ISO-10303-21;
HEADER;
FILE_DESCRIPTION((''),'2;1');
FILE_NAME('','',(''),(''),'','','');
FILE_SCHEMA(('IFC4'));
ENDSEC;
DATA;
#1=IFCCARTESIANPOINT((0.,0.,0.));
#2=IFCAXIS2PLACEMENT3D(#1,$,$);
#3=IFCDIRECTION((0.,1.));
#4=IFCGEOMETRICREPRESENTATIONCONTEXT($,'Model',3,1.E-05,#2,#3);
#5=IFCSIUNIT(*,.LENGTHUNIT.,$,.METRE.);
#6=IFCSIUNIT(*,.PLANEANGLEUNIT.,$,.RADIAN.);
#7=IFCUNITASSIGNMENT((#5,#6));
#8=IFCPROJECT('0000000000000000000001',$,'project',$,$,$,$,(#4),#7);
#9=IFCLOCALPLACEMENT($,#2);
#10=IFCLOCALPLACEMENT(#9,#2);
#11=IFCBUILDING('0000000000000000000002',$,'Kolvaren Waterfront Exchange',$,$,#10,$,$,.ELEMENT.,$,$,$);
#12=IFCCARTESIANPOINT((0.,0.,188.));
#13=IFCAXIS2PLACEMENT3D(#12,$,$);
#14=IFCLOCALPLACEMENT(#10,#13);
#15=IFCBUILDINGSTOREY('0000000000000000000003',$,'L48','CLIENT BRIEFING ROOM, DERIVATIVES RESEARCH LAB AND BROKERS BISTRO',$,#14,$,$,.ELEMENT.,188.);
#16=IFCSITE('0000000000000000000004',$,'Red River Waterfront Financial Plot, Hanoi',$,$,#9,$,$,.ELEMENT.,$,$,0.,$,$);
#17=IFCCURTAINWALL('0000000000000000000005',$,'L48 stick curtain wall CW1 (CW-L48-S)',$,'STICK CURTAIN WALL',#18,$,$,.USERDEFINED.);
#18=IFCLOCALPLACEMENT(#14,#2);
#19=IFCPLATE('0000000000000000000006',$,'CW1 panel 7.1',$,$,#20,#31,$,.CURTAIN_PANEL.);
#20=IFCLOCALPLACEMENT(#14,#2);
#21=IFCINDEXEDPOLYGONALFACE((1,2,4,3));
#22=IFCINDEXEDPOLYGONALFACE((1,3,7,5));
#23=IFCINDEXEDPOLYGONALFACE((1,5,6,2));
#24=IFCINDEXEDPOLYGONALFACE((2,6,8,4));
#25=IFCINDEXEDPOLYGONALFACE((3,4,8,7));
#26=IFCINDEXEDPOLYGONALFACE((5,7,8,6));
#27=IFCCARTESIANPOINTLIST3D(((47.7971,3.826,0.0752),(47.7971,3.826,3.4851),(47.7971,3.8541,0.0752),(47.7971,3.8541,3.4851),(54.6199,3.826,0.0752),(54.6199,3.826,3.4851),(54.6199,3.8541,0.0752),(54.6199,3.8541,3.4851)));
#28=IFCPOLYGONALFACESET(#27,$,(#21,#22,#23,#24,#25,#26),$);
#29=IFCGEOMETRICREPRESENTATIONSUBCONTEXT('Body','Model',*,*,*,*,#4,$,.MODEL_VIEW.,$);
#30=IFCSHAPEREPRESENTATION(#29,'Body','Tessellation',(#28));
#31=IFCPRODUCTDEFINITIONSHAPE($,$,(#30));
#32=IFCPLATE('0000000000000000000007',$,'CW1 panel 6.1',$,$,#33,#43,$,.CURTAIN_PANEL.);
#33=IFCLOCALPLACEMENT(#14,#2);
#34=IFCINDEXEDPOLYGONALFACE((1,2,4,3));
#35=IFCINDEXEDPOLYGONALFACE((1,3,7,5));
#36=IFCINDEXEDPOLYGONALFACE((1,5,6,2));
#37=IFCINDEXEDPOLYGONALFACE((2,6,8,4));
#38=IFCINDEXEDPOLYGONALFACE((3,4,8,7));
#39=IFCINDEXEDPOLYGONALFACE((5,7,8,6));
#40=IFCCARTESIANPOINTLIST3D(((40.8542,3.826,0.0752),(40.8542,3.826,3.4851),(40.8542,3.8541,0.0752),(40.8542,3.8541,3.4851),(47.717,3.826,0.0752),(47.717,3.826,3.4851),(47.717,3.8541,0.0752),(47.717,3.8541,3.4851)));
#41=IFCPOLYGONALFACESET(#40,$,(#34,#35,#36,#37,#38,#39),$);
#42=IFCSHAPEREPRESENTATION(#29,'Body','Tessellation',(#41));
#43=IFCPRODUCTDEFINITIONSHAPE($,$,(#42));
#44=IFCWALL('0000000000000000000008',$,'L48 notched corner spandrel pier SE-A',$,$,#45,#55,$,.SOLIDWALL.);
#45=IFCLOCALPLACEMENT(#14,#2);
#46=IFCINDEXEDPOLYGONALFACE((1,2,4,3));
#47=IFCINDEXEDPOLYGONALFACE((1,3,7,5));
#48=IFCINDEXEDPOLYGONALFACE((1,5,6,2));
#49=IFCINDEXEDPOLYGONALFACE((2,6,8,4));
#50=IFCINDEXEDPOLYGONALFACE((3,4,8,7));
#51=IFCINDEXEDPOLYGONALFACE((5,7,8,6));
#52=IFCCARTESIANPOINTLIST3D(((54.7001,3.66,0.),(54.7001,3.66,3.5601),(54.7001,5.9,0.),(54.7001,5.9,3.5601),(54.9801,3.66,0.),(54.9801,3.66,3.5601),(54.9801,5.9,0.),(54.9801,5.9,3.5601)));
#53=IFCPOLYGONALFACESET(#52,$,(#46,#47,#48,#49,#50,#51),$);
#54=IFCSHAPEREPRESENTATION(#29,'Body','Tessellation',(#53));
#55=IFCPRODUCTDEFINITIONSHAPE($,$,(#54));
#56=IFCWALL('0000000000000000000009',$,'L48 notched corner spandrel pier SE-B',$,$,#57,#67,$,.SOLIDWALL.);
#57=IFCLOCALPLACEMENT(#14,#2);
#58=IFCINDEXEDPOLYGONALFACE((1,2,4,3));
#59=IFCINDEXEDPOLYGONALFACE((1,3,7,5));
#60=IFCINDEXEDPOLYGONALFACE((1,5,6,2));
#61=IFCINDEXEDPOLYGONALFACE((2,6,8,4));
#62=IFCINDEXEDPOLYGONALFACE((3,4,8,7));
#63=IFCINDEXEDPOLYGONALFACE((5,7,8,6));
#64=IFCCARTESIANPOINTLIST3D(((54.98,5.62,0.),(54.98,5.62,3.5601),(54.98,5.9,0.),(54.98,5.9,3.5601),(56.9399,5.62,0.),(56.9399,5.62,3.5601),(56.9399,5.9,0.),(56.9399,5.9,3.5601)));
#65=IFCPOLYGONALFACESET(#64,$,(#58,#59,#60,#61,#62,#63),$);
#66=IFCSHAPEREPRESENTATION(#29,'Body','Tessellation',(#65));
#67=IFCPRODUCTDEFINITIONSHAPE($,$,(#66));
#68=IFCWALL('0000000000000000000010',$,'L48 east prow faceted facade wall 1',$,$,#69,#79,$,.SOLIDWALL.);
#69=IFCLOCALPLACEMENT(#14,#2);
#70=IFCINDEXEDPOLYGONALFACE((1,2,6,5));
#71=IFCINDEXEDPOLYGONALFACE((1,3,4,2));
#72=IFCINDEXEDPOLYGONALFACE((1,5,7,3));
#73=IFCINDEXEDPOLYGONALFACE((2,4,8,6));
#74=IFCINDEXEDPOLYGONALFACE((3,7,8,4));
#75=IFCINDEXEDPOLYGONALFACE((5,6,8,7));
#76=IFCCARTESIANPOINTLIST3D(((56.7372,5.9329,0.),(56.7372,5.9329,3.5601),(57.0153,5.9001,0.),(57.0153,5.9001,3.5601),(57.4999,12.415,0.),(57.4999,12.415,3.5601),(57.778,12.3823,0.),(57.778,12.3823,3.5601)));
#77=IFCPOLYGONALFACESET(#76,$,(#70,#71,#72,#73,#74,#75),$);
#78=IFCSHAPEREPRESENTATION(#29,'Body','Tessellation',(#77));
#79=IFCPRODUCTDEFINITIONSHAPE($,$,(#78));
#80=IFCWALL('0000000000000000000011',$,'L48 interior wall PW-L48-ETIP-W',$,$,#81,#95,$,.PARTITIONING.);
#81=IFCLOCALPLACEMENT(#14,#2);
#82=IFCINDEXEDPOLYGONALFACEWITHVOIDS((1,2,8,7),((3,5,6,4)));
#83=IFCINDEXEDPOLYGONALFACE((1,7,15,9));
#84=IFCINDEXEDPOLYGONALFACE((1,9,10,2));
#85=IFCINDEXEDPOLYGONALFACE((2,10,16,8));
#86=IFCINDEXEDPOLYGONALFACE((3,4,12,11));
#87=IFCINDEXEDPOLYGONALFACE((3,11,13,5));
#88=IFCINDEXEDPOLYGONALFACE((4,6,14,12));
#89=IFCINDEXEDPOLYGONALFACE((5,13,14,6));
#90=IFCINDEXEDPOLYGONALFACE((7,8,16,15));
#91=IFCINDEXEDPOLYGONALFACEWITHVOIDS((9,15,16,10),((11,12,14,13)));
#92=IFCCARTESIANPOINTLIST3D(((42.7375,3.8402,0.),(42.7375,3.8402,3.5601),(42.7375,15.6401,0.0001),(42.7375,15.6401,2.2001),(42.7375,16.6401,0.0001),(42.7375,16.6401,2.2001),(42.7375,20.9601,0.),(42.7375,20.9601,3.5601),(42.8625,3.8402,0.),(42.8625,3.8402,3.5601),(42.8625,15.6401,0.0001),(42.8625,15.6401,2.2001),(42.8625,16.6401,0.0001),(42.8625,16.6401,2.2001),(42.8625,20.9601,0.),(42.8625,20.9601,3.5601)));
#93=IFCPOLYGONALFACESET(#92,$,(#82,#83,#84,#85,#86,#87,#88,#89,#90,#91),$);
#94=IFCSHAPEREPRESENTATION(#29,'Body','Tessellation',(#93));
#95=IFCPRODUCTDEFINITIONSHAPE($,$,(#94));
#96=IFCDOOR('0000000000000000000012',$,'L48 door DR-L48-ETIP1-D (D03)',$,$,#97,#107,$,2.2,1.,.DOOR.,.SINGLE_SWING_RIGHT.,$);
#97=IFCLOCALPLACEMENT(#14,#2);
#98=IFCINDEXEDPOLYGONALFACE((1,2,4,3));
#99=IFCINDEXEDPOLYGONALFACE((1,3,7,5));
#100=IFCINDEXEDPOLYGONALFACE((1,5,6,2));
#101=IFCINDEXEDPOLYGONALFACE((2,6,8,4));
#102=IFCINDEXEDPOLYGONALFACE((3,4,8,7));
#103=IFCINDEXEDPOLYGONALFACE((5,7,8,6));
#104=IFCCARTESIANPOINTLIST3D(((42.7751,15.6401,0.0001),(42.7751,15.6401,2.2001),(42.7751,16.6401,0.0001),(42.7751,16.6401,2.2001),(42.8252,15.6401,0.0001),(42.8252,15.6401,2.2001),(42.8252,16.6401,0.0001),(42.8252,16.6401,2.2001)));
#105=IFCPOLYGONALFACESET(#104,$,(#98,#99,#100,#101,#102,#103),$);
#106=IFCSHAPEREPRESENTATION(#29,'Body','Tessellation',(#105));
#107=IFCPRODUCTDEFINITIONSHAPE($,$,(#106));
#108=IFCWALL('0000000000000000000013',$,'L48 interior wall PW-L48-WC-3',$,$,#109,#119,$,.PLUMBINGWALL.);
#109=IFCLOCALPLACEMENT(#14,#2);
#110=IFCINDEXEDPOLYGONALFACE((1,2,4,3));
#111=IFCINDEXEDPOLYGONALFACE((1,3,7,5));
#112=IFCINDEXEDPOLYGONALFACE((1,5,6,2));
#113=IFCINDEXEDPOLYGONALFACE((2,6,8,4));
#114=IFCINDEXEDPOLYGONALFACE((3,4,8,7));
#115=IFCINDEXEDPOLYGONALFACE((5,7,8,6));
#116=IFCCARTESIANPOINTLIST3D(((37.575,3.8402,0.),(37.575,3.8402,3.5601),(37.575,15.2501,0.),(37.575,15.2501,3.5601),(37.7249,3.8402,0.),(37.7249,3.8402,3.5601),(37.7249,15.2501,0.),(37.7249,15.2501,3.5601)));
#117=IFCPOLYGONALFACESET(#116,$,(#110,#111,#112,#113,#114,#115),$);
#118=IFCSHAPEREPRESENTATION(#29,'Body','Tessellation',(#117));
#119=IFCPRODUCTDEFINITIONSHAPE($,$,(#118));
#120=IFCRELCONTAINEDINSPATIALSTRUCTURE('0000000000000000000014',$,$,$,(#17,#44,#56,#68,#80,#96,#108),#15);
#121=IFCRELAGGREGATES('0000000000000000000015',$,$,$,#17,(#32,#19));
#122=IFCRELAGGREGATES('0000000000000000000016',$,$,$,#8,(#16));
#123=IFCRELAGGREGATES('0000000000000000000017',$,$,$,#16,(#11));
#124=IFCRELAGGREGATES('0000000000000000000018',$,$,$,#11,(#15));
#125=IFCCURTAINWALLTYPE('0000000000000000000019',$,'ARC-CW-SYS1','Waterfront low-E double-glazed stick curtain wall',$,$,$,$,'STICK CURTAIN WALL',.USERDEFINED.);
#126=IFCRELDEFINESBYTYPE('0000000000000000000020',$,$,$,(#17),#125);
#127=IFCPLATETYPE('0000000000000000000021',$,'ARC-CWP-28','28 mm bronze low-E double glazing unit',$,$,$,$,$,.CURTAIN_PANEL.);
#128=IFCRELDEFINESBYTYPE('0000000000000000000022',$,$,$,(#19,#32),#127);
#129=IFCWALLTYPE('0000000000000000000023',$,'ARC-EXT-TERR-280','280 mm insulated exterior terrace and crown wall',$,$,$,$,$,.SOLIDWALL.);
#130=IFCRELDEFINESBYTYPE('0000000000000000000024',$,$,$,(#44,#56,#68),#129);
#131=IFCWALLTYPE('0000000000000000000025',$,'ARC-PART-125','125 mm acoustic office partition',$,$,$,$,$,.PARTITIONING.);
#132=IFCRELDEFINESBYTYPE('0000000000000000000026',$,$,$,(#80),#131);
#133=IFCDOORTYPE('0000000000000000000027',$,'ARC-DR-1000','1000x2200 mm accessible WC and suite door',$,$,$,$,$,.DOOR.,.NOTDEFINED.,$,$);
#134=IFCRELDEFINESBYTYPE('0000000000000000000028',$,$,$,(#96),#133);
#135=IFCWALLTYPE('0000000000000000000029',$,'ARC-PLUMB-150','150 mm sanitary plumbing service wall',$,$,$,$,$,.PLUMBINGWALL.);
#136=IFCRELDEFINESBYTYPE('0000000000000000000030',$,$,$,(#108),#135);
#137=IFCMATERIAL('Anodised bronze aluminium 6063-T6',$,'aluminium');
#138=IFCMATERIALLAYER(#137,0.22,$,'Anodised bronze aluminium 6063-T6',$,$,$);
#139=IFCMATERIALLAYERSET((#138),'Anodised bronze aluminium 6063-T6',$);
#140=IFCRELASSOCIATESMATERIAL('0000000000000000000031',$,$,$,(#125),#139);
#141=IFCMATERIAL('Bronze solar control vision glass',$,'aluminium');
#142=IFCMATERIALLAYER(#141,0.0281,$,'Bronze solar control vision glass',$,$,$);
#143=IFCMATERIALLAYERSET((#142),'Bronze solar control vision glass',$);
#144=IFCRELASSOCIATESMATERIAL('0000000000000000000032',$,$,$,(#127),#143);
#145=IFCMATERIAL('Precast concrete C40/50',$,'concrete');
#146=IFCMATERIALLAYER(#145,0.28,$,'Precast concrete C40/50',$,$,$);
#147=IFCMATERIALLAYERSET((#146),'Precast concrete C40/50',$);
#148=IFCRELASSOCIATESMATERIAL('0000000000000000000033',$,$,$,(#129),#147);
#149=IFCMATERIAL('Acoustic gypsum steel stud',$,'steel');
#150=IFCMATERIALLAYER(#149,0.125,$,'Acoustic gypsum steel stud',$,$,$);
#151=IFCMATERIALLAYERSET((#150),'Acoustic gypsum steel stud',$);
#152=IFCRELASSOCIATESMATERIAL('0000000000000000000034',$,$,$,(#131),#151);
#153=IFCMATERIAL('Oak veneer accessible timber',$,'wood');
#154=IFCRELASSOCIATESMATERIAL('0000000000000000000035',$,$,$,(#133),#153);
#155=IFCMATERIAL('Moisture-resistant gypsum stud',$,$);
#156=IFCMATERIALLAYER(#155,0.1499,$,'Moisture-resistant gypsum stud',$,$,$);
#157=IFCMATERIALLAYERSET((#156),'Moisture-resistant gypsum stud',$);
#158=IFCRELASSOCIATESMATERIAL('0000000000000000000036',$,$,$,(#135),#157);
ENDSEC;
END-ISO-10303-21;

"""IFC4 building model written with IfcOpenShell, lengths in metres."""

from ifc_helpers import new_model, si_unit, direction, frame, frame_2d, origin, origin_with_axes, origin_2d, place, context, subcontext, project, spatial, rectangle, extrude, source, transform, mapped, material, layer, layer_set, type_object, element, fill, aggregate, save


model = new_model("IFC4")

# Units and contexts
model_context = context("Model", 3, precision=1e-05, world=origin(), true_north=direction((0.0, 1.0)))
body_context = subcontext(model_context, "Body", "Model", "MODEL_VIEW")
ifc_project = project(units=[si_unit("LENGTHUNIT", "METRE"), si_unit("PLANEANGLEUNIT", "RADIAN")], contexts=[model_context])

# Site, building, storey
site_placement = place(None, origin())
site = spatial("IfcSite", under=ifc_project, at=site_placement, Name="Red River Waterfront Financial Plot, Hanoi", CompositionType="ELEMENT", RefElevation=0.0)
building_placement = place(site_placement, origin())
building = spatial("IfcBuilding", under=site, at=building_placement, Name="Kolvaren Waterfront Exchange", CompositionType="ELEMENT")
storey_placement = place(building_placement, frame((0.0, 0.0, 188.0)))
storey = spatial("IfcBuildingStorey", under=building, at=storey_placement, Name="L48", Description="CLIENT BRIEFING ROOM, DERIVATIVES RESEARCH LAB AND BROKERS BISTRO", CompositionType="ELEMENT", Elevation=188.0)

# Curtain wall, plates
ifc_material_1 = material(Name="Anodised bronze aluminium 6063-T6", Category="aluminium")
ifc_layer_1 = layer(ifc_material_1, 0.22, Name="Anodised bronze aluminium 6063-T6")
ifc_layer_set_1 = layer_set([ifc_layer_1], Name="Anodised bronze aluminium 6063-T6")
curtain_wall_type = type_object("IfcCurtainWallType", Name="ARC-CW-SYS1", Description="Waterfront low-E double-glazed stick curtain wall", ElementType="STICK CURTAIN WALL", PredefinedType="USERDEFINED", material=ifc_layer_set_1)
curtain_wall_placement = place(storey_placement, origin())
curtain_wall = element("IfcCurtainWall", 1, at=curtain_wall_placement, inside=storey, type_object=curtain_wall_type, Name="L48 stick curtain wall CW1 (CW-L48-S)", ObjectType="STICK CURTAIN WALL", PredefinedType="USERDEFINED")
ifc_material_2 = material(Name="Bronze solar control vision glass", Category="aluminium")
ifc_layer_2 = layer(ifc_material_2, 0.0281, Name="Bronze solar control vision glass")
ifc_layer_set_2 = layer_set([ifc_layer_2], Name="Bronze solar control vision glass")
plate_type = type_object("IfcPlateType", Name="ARC-CWP-28", Description="28 mm bronze low-E double glazing unit", PredefinedType="CURTAIN_PANEL", material=ifc_layer_set_2)
shared_shape_1 = source(origin_with_axes(), body_context, "Body", "SweptSolid", [
    extrude(rectangle(XDim=6.8228, YDim=0.0281, at=origin_2d()), origin(), (0.0, 0.0, 1.0), 3.4099),
])
plate_1_placement = place(storey_placement, frame((51.2085, 3.8401, 0.0752), z_axis=(0.0, 0.0, 1.0), x_axis=(1.0, 0.0, 0.0)))
plate_1 = element("IfcPlate", 2, at=plate_1_placement, type_object=plate_type, Name="CW1 panel 7.1", PredefinedType="CURTAIN_PANEL", context=body_context, shape_type="MappedRepresentation", body=[
    mapped(shared_shape_1, transform((0.0, 0.0, 0.0), x_axis=(1.0, 0.0, 0.0), y_axis=(0.0, 1.0, 0.0), z_axis=(0.0, 0.0, 1.0), scale=1.0)),
])
shared_shape_2 = source(origin_with_axes(), body_context, "Body", "SweptSolid", [
    extrude(rectangle(XDim=6.8628, YDim=0.0281, at=origin_2d()), origin(), (0.0, 0.0, 1.0), 3.4099),
])
plate_2_placement = place(storey_placement, frame((44.2856, 3.8401, 0.0752), z_axis=(0.0, 0.0, 1.0), x_axis=(1.0, 0.0, 0.0)))
plate_2 = element("IfcPlate", 3, at=plate_2_placement, type_object=plate_type, Name="CW1 panel 6.1", PredefinedType="CURTAIN_PANEL", context=body_context, shape_type="MappedRepresentation", body=[
    mapped(shared_shape_2, transform((0.0, 0.0, 0.0), x_axis=(1.0, 0.0, 0.0), y_axis=(0.0, 1.0, 0.0), z_axis=(0.0, 0.0, 1.0), scale=1.0)),
])
aggregate(curtain_wall, [plate_2, plate_1])

# Walls
ifc_material_3 = material(Name="Precast concrete C40/50", Category="concrete")
ifc_layer_3 = layer(ifc_material_3, 0.28, Name="Precast concrete C40/50")
ifc_layer_set_3 = layer_set([ifc_layer_3], Name="Precast concrete C40/50")
wall_type_1 = type_object("IfcWallType", Name="ARC-EXT-TERR-280", Description="280 mm insulated exterior terrace and crown wall", PredefinedType="SOLIDWALL", material=ifc_layer_set_3)
wall_1_placement = place(storey_placement, frame((54.8401, 3.6599, 0.0), z_axis=(0.0, 0.0, 1.0), x_axis=(0.0, 1.0, 0.0)))
element("IfcWall", 4, at=wall_1_placement, inside=storey, type_object=wall_type_1, Name="L48 notched corner spandrel pier SE-A", PredefinedType="SOLIDWALL", context=body_context, shape_type="SweptSolid", body=[
    extrude(rectangle(XDim=2.24, YDim=0.28, at=frame_2d((1.1201, 0.0))), origin(), (0.0, 0.0, 1.0), 3.5601),
])
wall_2_placement = place(storey_placement, frame((54.98, 5.76, 0.0), z_axis=(0.0, 0.0, 1.0), x_axis=(1.0, 0.0, 0.0)))
element("IfcWall", 5, at=wall_2_placement, inside=storey, type_object=wall_type_1, Name="L48 notched corner spandrel pier SE-B", PredefinedType="SOLIDWALL", context=body_context, shape_type="SweptSolid", body=[
    extrude(rectangle(XDim=1.96, YDim=0.28, at=frame_2d((0.98, 0.0))), origin(), (0.0, 0.0, 1.0), 3.5601),
])
wall_3_placement = place(storey_placement, frame((56.8762, 5.9165, 0.0), z_axis=(0.0, 0.0, 1.0), x_axis=(0.116854, 0.993149, 0.0)))
element("IfcWall", 6, at=wall_3_placement, inside=storey, type_object=wall_type_1, Name="L48 east prow faceted facade wall 1", PredefinedType="SOLIDWALL", context=body_context, shape_type="SweptSolid", body=[
    extrude(rectangle(XDim=6.5269, YDim=0.28, at=frame_2d((3.2634, 0.0))), origin(), (0.0, 0.0, 1.0), 3.5601),
])

# Wall, opening, door
ifc_material_4 = material(Name="Acoustic gypsum steel stud", Category="steel")
ifc_layer_4 = layer(ifc_material_4, 0.125, Name="Acoustic gypsum steel stud")
ifc_layer_set_4 = layer_set([ifc_layer_4], Name="Acoustic gypsum steel stud")
wall_type_2 = type_object("IfcWallType", Name="ARC-PART-125", Description="125 mm acoustic office partition", PredefinedType="PARTITIONING", material=ifc_layer_set_4)
wall_4_placement = place(storey_placement, frame((42.8, 3.8401, 0.0), z_axis=(0.0, 0.0, 1.0), x_axis=(0.0, 1.0, 0.0)))
wall_4 = element("IfcWall", 7, at=wall_4_placement, inside=storey, type_object=wall_type_2, Name="L48 interior wall PW-L48-ETIP-W", PredefinedType="PARTITIONING", context=body_context, shape_type="SweptSolid", body=[
    extrude(rectangle(XDim=17.1199, YDim=0.125, at=frame_2d((8.5601, 0.0))), origin(), (0.0, 0.0, 1.0), 3.5601),
])
opening_placement = place(wall_4_placement, frame((11.8, 0.0, 0.0)))
opening = element("IfcOpeningElement", 8, at=opening_placement, cuts=wall_4, PredefinedType="OPENING", context=body_context, shape_type="SweptSolid", body=[
    extrude(rectangle(XDim=1.0, YDim=2.2, at=frame_2d((0.5, 1.1001))), frame((0.0, 0.0725, 0.0), z_axis=(0.0, -1.0, 0.0), x_axis=(1.0, 0.0, 0.0)), (0.0, 0.0, 1.0), 0.145),
])
ifc_material_5 = material(Name="Oak veneer accessible timber", Category="wood")
door_type = type_object("IfcDoorType", Name="ARC-DR-1000", Description="1000x2200 mm accessible WC and suite door", OperationType="NOTDEFINED", PredefinedType="DOOR", material=ifc_material_5)
door_placement = place(opening_placement, origin())
door = element("IfcDoor", 9, at=door_placement, inside=storey, type_object=door_type, Name="L48 door DR-L48-ETIP1-D (D03)", OperationType="SINGLE_SWING_RIGHT", OverallHeight=2.2, OverallWidth=1.0, PredefinedType="DOOR", context=body_context, shape_type="SweptSolid", body=[
    extrude(rectangle(XDim=1.0, YDim=2.2, at=frame_2d((0.5, 1.1001))), frame((0.0, 0.0249, 0.0), z_axis=(0.0, -1.0, 0.0), x_axis=(1.0, 0.0, 0.0)), (0.0, 0.0, 1.0), 0.05),
])
fill(opening, door)

# Wall
ifc_material_6 = material(Name="Moisture-resistant gypsum stud")
ifc_layer_5 = layer(ifc_material_6, 0.1499, Name="Moisture-resistant gypsum stud")
ifc_layer_set_5 = layer_set([ifc_layer_5], Name="Moisture-resistant gypsum stud")
wall_type_3 = type_object("IfcWallType", Name="ARC-PLUMB-150", Description="150 mm sanitary plumbing service wall", PredefinedType="PLUMBINGWALL", material=ifc_layer_set_5)
wall_5_placement = place(storey_placement, frame((37.6499, 3.8401, 0.0), z_axis=(0.0, 0.0, 1.0), x_axis=(0.0, 1.0, 0.0)))
element("IfcWall", 10, at=wall_5_placement, inside=storey, type_object=wall_type_3, Name="L48 interior wall PW-L48-WC-3", PredefinedType="PLUMBINGWALL", context=body_context, shape_type="SweptSolid", body=[
    extrude(rectangle(XDim=11.4099, YDim=0.1499, at=frame_2d((5.7051, 0.0))), origin(), (0.0, 0.0, 1.0), 3.5601),
])

save(model, "model.ifc")
